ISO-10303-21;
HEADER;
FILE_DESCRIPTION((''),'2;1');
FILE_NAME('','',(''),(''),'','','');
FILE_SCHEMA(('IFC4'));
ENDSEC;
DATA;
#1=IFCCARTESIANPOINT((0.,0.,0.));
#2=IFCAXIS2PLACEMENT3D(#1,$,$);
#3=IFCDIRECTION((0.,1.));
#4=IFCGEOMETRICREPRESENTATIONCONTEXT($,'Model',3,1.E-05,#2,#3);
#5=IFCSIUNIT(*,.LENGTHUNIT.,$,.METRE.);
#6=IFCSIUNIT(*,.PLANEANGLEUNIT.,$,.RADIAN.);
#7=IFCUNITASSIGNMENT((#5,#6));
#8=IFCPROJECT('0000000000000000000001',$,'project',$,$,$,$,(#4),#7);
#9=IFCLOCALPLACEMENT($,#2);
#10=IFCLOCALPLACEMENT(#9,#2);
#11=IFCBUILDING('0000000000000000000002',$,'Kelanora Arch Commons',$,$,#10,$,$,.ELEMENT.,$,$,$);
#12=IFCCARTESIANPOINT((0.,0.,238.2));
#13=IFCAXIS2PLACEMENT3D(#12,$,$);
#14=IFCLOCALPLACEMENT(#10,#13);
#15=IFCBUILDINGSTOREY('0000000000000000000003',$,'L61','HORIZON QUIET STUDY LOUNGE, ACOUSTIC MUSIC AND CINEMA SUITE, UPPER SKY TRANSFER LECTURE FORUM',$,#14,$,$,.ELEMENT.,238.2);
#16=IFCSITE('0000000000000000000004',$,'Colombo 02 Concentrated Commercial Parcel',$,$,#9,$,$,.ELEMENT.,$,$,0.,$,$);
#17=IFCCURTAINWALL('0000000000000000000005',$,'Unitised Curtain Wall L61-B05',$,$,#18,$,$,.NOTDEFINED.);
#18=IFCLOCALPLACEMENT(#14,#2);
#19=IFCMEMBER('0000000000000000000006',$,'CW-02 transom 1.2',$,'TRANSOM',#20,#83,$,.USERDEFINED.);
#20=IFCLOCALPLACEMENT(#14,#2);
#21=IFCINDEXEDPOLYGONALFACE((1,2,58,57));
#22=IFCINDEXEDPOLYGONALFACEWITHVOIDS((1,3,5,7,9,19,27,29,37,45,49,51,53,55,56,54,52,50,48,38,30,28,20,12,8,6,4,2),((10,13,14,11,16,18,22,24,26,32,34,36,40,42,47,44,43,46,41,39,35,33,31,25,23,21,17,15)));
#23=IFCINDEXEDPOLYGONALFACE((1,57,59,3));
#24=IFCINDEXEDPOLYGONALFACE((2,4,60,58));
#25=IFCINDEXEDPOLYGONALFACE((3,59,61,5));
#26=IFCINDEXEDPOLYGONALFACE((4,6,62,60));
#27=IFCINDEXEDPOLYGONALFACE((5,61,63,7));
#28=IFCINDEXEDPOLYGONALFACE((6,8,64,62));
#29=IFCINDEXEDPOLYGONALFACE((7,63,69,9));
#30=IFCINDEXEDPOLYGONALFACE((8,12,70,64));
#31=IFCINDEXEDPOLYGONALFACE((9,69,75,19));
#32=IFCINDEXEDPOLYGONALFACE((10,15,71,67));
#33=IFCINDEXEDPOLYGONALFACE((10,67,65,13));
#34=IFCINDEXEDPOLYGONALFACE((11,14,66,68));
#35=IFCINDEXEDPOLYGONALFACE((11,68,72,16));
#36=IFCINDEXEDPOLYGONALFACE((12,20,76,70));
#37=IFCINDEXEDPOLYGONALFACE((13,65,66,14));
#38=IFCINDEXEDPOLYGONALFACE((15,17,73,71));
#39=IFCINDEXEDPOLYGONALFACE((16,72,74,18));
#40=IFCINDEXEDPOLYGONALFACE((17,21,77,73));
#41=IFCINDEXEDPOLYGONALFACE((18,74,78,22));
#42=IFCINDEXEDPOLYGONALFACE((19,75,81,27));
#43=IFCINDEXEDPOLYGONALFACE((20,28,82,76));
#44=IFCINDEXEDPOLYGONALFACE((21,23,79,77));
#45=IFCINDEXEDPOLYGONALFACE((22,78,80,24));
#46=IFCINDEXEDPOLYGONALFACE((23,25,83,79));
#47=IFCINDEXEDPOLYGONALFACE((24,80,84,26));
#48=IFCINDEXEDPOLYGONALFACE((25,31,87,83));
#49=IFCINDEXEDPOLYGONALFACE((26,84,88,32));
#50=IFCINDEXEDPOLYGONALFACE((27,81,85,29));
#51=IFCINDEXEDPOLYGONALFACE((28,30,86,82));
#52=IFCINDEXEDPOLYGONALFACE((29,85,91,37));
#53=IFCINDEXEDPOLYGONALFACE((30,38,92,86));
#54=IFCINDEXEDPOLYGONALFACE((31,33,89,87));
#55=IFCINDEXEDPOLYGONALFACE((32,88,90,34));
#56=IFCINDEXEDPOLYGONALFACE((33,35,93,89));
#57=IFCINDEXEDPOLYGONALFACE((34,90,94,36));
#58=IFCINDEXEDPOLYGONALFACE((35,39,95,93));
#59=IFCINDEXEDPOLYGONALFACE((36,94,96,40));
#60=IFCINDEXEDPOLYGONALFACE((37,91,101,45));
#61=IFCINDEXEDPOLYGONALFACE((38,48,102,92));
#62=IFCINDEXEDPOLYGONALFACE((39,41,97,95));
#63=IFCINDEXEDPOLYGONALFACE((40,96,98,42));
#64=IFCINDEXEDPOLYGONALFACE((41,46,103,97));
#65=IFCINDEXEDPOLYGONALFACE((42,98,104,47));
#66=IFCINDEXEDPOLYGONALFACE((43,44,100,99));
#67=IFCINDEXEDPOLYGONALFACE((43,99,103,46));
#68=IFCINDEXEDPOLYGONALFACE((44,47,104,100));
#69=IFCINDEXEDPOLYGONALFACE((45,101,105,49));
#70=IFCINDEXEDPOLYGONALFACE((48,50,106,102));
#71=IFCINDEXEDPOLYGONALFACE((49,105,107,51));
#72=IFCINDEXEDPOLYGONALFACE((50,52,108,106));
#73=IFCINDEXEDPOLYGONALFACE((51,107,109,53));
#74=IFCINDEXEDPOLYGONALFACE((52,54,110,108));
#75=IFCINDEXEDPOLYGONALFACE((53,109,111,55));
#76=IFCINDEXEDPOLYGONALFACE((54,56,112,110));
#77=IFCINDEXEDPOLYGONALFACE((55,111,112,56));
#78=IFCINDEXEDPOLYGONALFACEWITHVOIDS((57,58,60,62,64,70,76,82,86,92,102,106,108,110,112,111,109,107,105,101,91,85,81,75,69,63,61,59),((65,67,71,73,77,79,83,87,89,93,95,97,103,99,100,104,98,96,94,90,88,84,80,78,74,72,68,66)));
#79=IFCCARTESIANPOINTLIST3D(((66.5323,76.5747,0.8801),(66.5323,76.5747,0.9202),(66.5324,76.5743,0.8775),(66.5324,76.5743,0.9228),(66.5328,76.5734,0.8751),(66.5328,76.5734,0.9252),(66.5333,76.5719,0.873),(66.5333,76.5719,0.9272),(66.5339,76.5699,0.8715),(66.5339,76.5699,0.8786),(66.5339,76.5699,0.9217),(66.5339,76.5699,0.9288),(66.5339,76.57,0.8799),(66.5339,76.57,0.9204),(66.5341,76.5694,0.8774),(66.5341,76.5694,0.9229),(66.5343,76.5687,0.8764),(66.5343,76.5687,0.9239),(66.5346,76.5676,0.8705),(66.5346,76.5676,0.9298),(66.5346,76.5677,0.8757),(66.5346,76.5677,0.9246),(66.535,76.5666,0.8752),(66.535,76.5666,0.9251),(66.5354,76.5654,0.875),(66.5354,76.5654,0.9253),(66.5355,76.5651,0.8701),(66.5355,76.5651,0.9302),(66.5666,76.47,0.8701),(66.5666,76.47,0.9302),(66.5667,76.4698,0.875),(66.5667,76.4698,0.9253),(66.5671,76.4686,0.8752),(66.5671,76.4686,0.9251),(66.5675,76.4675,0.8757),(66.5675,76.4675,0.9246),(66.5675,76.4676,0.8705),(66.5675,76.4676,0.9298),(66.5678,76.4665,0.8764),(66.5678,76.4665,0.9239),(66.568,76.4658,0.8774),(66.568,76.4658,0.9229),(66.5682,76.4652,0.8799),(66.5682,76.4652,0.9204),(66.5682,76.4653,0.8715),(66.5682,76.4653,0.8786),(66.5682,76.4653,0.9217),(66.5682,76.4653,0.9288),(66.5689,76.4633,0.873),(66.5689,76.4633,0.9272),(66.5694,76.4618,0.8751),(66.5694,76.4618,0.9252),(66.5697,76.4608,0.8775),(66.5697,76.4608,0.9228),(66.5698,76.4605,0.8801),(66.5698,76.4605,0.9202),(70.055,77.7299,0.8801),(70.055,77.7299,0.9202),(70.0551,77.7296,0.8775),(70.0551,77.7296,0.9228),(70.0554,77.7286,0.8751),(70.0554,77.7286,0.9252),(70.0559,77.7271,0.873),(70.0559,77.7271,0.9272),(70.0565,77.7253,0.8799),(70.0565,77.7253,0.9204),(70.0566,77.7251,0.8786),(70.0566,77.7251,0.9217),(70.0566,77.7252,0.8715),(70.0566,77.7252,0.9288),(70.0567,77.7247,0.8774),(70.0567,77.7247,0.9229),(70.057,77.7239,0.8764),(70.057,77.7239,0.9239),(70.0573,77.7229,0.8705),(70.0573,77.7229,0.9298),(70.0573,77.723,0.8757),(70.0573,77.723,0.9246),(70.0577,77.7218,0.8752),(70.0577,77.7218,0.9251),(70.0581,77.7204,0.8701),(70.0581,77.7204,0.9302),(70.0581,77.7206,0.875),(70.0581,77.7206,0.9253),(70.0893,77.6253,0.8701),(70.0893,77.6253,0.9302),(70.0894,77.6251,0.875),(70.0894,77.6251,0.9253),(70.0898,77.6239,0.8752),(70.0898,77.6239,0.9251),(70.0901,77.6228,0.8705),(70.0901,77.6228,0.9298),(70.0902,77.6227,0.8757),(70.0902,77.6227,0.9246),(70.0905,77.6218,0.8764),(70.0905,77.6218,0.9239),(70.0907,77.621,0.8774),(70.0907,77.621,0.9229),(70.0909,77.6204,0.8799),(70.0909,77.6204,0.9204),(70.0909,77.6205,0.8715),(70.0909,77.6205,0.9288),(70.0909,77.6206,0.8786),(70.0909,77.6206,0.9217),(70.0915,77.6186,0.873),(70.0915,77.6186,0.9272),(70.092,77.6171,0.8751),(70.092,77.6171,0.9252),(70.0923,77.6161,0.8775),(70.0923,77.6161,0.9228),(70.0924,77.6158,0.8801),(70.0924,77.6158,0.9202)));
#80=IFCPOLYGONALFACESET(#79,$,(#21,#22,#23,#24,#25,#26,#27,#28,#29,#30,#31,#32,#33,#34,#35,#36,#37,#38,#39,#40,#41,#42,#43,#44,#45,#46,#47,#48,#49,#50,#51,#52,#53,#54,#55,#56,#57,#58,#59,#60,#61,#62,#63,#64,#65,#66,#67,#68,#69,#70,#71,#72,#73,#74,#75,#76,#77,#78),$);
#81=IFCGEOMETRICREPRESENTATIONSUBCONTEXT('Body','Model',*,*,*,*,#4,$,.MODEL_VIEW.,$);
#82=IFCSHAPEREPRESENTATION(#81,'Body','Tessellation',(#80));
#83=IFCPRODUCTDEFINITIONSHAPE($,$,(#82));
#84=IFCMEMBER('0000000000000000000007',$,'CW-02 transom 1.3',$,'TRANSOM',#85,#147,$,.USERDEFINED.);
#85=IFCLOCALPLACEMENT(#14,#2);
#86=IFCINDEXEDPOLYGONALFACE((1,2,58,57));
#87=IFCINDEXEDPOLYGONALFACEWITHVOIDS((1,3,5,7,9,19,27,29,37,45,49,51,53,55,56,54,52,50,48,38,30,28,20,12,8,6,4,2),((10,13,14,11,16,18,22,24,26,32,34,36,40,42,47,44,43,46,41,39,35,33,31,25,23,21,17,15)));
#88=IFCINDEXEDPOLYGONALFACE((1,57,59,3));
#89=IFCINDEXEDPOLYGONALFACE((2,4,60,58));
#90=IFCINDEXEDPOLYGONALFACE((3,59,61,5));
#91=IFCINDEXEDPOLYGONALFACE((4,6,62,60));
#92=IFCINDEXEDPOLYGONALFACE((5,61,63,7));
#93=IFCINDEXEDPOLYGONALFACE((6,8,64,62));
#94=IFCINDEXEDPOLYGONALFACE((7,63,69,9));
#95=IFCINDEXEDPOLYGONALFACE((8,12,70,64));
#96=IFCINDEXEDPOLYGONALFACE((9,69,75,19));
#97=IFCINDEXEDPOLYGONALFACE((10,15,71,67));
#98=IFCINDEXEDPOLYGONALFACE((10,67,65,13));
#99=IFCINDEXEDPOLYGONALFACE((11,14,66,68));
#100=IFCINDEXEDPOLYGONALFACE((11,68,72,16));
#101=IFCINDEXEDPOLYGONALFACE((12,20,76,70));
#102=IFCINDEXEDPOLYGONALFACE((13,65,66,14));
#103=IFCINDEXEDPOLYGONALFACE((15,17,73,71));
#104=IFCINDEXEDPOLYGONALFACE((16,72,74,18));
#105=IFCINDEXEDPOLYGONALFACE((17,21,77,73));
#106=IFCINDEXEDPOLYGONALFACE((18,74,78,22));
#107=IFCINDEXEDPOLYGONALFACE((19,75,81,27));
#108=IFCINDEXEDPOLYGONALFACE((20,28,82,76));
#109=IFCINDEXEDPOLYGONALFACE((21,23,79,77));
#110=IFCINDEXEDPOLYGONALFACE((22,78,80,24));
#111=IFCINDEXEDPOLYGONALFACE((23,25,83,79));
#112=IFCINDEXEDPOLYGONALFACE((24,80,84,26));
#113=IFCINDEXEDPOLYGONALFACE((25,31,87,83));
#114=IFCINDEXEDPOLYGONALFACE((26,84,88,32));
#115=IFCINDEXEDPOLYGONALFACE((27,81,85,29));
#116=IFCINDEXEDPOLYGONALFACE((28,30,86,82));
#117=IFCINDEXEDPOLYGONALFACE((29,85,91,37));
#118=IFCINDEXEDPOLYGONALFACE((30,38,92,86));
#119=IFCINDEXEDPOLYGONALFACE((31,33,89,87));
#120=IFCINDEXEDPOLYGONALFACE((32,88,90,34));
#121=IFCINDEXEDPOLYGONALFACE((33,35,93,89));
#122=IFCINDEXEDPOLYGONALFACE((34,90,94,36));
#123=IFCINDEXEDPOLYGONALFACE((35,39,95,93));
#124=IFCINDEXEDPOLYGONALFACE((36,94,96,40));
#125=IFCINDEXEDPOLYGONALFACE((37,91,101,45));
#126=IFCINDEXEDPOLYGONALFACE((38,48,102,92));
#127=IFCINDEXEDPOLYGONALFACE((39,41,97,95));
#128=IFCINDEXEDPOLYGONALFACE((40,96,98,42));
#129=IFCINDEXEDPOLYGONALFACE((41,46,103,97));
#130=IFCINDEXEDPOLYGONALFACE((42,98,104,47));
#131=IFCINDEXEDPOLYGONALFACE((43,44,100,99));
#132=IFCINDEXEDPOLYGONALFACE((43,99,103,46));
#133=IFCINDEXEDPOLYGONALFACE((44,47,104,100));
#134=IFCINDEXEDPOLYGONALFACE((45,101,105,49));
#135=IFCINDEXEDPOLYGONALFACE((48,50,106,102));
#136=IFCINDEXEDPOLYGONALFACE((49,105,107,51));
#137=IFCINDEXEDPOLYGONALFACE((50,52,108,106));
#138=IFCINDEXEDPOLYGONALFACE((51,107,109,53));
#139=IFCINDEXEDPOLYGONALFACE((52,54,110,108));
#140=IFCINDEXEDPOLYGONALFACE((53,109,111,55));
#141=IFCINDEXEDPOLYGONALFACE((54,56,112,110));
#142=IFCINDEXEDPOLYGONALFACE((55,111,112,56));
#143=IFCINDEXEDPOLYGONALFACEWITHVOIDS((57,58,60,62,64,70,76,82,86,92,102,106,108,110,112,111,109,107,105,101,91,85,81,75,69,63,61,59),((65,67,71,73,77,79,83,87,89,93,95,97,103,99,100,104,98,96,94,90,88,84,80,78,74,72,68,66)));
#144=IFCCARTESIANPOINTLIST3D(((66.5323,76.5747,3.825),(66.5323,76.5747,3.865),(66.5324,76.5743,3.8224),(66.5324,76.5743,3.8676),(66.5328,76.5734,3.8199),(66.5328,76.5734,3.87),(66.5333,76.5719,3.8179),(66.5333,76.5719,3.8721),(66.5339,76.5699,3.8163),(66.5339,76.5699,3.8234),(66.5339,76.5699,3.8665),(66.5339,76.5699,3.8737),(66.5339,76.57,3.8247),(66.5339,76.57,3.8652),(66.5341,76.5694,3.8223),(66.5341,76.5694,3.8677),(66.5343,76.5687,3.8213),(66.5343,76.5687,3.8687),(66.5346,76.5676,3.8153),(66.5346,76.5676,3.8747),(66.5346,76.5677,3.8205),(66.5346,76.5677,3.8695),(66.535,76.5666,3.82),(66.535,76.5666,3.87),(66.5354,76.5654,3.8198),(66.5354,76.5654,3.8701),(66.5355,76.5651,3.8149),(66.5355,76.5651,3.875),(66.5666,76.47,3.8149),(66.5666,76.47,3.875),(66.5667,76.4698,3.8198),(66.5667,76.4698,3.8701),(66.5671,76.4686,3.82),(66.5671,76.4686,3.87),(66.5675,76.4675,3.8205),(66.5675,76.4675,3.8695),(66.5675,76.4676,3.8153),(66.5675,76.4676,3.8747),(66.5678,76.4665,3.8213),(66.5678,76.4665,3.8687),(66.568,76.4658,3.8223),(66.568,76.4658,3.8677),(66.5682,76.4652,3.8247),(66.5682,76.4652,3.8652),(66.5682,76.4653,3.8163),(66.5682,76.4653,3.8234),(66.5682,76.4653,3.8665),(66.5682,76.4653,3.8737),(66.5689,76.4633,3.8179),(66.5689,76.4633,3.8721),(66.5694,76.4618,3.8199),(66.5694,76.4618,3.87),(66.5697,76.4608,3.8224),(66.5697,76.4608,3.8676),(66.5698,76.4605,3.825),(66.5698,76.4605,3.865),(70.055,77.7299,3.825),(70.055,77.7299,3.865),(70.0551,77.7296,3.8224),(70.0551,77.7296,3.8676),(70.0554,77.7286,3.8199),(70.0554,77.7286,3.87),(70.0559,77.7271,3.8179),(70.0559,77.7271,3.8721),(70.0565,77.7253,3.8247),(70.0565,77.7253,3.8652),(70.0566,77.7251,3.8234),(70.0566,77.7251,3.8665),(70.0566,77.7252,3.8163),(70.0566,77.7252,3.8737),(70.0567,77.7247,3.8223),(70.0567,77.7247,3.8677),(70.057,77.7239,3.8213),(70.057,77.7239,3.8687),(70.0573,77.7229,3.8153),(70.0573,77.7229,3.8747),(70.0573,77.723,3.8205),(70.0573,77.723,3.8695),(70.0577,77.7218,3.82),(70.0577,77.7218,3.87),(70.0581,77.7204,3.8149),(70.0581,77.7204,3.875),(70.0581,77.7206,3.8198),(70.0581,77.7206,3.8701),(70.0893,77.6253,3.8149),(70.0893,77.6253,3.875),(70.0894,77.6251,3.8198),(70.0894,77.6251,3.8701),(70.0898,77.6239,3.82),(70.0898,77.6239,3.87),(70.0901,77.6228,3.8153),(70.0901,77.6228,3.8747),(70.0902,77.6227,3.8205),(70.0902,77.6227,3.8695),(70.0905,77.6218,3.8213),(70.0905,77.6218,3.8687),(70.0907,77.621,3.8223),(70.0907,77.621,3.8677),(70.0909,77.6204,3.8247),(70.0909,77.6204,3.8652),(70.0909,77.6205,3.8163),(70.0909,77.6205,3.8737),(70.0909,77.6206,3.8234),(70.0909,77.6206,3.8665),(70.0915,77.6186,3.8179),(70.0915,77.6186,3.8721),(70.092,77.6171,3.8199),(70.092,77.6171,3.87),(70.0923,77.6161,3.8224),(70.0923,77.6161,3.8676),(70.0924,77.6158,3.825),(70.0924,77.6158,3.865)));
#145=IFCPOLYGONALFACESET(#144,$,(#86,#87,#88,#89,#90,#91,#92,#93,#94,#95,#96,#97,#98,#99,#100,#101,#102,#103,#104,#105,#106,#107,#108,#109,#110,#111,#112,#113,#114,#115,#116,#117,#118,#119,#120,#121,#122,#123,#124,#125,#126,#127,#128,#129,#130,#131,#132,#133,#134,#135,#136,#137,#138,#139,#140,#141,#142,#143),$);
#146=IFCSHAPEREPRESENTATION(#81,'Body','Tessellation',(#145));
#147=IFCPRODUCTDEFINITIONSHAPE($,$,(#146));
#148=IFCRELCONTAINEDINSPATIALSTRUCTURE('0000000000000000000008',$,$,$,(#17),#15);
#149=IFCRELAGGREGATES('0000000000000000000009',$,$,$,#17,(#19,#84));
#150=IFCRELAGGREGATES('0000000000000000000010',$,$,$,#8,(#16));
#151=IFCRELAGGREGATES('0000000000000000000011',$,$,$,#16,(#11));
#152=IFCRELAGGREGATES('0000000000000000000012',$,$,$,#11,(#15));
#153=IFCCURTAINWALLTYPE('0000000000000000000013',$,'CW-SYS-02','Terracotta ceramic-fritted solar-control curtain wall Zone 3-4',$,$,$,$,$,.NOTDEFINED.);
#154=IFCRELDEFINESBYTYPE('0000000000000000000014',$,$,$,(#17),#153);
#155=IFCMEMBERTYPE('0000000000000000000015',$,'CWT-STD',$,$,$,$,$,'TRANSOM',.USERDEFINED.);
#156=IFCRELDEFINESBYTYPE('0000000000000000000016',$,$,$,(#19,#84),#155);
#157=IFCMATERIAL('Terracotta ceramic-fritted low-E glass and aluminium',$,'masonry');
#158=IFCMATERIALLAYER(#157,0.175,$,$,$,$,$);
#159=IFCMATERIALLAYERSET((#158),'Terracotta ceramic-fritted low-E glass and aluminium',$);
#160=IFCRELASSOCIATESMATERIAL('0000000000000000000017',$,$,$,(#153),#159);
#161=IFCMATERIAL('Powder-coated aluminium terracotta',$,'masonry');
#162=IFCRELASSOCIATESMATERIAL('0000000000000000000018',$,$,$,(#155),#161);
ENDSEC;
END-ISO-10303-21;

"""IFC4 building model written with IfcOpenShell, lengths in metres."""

from ifc_helpers import new_model, si_unit, direction, frame, origin, origin_2d, place, context, subcontext, project, spatial, hollow_rectangle, extrude, material, layer, layer_set, material_profile, profile_set, type_object, element, aggregate, save


model = new_model("IFC4")

# Units and contexts
model_context = context("Model", 3, precision=1e-05, world=origin(), true_north=direction((0.0, 1.0)))
body_context = subcontext(model_context, "Body", "Model", "MODEL_VIEW")
ifc_project = project(units=[si_unit("LENGTHUNIT", "METRE"), si_unit("PLANEANGLEUNIT", "RADIAN")], contexts=[model_context])

# Site, building, storey
site_placement = place(None, origin())
site = spatial("IfcSite", under=ifc_project, at=site_placement, Name="Colombo 02 Concentrated Commercial Parcel", CompositionType="ELEMENT", RefElevation=0.0)
building_placement = place(site_placement, origin())
building = spatial("IfcBuilding", under=site, at=building_placement, Name="Kelanora Arch Commons", CompositionType="ELEMENT")
storey_placement = place(building_placement, frame((0.0, 0.0, 238.2)))
storey = spatial("IfcBuildingStorey", under=building, at=storey_placement, Name="L61", Description="HORIZON QUIET STUDY LOUNGE, ACOUSTIC MUSIC AND CINEMA SUITE, UPPER SKY TRANSFER LECTURE FORUM", CompositionType="ELEMENT", Elevation=238.2)

# Curtain wall, members
ifc_material_1 = material(Name="Terracotta ceramic-fritted low-E glass and aluminium", Category="masonry")
ifc_layer_1 = layer(ifc_material_1, 0.175)
ifc_layer_set_1 = layer_set([ifc_layer_1], Name="Terracotta ceramic-fritted low-E glass and aluminium")
curtain_wall_type = type_object("IfcCurtainWallType", Name="CW-SYS-02", Description="Terracotta ceramic-fritted solar-control curtain wall Zone 3-4", PredefinedType="NOTDEFINED", material=ifc_layer_set_1)
curtain_wall_placement = place(storey_placement, origin())
curtain_wall = element("IfcCurtainWall", 1, at=curtain_wall_placement, inside=storey, type_object=curtain_wall_type, Name="Unitised Curtain Wall L61-B05", PredefinedType="NOTDEFINED")
ifc_material_2 = material(Name="Powder-coated aluminium terracotta", Category="masonry")
ifc_material_profile_1 = material_profile(ifc_material_2, hollow_rectangle(XDim=0.1201, YDim=0.0601, WallThickness=0.0049, InnerFilletRadius=0.0049, OuterFilletRadius=0.01, at=origin_2d()), Name="CWT120x60")
ifc_profile_set_1 = profile_set([ifc_material_profile_1], Name="Powder-coated aluminium terracotta")
member_type_1 = type_object("IfcMemberType", Name="CWT-STD", ElementType="TRANSOM", PredefinedType="USERDEFINED", material=ifc_profile_set_1)
member_1_placement = place(storey_placement, frame((70.0737, 77.6729, 0.9001), z_axis=(-0.950207, -0.311621, 0.0), x_axis=(0.311621, -0.950207, 0.0)))
member_1 = element("IfcMember", 2, at=member_1_placement, type_object=member_type_1, Name="CW-02 transom 1.2", ObjectType="TRANSOM", PredefinedType="USERDEFINED", context=body_context, shape_type="SweptSolid", body=[
    extrude(hollow_rectangle(XDim=0.1201, YDim=0.0601, WallThickness=0.0049, InnerFilletRadius=0.0049, OuterFilletRadius=0.01, at=origin_2d()), origin(), (0.0, 0.0, 1.0), 3.7073),
])
member_2_placement = place(storey_placement, frame((70.0737, 77.6729, 3.845), z_axis=(-0.950207, -0.311621, 0.0), x_axis=(0.311621, -0.950207, 0.0)))
member_2 = element("IfcMember", 3, at=member_2_placement, type_object=member_type_1, Name="CW-02 transom 1.3", ObjectType="TRANSOM", PredefinedType="USERDEFINED", context=body_context, shape_type="SweptSolid", body=[
    extrude(hollow_rectangle(XDim=0.1201, YDim=0.0601, WallThickness=0.0049, InnerFilletRadius=0.0049, OuterFilletRadius=0.01, at=origin_2d()), origin(), (0.0, 0.0, 1.0), 3.7073),
])
aggregate(curtain_wall, [member_1, member_2])

save(model, "model.ifc")
